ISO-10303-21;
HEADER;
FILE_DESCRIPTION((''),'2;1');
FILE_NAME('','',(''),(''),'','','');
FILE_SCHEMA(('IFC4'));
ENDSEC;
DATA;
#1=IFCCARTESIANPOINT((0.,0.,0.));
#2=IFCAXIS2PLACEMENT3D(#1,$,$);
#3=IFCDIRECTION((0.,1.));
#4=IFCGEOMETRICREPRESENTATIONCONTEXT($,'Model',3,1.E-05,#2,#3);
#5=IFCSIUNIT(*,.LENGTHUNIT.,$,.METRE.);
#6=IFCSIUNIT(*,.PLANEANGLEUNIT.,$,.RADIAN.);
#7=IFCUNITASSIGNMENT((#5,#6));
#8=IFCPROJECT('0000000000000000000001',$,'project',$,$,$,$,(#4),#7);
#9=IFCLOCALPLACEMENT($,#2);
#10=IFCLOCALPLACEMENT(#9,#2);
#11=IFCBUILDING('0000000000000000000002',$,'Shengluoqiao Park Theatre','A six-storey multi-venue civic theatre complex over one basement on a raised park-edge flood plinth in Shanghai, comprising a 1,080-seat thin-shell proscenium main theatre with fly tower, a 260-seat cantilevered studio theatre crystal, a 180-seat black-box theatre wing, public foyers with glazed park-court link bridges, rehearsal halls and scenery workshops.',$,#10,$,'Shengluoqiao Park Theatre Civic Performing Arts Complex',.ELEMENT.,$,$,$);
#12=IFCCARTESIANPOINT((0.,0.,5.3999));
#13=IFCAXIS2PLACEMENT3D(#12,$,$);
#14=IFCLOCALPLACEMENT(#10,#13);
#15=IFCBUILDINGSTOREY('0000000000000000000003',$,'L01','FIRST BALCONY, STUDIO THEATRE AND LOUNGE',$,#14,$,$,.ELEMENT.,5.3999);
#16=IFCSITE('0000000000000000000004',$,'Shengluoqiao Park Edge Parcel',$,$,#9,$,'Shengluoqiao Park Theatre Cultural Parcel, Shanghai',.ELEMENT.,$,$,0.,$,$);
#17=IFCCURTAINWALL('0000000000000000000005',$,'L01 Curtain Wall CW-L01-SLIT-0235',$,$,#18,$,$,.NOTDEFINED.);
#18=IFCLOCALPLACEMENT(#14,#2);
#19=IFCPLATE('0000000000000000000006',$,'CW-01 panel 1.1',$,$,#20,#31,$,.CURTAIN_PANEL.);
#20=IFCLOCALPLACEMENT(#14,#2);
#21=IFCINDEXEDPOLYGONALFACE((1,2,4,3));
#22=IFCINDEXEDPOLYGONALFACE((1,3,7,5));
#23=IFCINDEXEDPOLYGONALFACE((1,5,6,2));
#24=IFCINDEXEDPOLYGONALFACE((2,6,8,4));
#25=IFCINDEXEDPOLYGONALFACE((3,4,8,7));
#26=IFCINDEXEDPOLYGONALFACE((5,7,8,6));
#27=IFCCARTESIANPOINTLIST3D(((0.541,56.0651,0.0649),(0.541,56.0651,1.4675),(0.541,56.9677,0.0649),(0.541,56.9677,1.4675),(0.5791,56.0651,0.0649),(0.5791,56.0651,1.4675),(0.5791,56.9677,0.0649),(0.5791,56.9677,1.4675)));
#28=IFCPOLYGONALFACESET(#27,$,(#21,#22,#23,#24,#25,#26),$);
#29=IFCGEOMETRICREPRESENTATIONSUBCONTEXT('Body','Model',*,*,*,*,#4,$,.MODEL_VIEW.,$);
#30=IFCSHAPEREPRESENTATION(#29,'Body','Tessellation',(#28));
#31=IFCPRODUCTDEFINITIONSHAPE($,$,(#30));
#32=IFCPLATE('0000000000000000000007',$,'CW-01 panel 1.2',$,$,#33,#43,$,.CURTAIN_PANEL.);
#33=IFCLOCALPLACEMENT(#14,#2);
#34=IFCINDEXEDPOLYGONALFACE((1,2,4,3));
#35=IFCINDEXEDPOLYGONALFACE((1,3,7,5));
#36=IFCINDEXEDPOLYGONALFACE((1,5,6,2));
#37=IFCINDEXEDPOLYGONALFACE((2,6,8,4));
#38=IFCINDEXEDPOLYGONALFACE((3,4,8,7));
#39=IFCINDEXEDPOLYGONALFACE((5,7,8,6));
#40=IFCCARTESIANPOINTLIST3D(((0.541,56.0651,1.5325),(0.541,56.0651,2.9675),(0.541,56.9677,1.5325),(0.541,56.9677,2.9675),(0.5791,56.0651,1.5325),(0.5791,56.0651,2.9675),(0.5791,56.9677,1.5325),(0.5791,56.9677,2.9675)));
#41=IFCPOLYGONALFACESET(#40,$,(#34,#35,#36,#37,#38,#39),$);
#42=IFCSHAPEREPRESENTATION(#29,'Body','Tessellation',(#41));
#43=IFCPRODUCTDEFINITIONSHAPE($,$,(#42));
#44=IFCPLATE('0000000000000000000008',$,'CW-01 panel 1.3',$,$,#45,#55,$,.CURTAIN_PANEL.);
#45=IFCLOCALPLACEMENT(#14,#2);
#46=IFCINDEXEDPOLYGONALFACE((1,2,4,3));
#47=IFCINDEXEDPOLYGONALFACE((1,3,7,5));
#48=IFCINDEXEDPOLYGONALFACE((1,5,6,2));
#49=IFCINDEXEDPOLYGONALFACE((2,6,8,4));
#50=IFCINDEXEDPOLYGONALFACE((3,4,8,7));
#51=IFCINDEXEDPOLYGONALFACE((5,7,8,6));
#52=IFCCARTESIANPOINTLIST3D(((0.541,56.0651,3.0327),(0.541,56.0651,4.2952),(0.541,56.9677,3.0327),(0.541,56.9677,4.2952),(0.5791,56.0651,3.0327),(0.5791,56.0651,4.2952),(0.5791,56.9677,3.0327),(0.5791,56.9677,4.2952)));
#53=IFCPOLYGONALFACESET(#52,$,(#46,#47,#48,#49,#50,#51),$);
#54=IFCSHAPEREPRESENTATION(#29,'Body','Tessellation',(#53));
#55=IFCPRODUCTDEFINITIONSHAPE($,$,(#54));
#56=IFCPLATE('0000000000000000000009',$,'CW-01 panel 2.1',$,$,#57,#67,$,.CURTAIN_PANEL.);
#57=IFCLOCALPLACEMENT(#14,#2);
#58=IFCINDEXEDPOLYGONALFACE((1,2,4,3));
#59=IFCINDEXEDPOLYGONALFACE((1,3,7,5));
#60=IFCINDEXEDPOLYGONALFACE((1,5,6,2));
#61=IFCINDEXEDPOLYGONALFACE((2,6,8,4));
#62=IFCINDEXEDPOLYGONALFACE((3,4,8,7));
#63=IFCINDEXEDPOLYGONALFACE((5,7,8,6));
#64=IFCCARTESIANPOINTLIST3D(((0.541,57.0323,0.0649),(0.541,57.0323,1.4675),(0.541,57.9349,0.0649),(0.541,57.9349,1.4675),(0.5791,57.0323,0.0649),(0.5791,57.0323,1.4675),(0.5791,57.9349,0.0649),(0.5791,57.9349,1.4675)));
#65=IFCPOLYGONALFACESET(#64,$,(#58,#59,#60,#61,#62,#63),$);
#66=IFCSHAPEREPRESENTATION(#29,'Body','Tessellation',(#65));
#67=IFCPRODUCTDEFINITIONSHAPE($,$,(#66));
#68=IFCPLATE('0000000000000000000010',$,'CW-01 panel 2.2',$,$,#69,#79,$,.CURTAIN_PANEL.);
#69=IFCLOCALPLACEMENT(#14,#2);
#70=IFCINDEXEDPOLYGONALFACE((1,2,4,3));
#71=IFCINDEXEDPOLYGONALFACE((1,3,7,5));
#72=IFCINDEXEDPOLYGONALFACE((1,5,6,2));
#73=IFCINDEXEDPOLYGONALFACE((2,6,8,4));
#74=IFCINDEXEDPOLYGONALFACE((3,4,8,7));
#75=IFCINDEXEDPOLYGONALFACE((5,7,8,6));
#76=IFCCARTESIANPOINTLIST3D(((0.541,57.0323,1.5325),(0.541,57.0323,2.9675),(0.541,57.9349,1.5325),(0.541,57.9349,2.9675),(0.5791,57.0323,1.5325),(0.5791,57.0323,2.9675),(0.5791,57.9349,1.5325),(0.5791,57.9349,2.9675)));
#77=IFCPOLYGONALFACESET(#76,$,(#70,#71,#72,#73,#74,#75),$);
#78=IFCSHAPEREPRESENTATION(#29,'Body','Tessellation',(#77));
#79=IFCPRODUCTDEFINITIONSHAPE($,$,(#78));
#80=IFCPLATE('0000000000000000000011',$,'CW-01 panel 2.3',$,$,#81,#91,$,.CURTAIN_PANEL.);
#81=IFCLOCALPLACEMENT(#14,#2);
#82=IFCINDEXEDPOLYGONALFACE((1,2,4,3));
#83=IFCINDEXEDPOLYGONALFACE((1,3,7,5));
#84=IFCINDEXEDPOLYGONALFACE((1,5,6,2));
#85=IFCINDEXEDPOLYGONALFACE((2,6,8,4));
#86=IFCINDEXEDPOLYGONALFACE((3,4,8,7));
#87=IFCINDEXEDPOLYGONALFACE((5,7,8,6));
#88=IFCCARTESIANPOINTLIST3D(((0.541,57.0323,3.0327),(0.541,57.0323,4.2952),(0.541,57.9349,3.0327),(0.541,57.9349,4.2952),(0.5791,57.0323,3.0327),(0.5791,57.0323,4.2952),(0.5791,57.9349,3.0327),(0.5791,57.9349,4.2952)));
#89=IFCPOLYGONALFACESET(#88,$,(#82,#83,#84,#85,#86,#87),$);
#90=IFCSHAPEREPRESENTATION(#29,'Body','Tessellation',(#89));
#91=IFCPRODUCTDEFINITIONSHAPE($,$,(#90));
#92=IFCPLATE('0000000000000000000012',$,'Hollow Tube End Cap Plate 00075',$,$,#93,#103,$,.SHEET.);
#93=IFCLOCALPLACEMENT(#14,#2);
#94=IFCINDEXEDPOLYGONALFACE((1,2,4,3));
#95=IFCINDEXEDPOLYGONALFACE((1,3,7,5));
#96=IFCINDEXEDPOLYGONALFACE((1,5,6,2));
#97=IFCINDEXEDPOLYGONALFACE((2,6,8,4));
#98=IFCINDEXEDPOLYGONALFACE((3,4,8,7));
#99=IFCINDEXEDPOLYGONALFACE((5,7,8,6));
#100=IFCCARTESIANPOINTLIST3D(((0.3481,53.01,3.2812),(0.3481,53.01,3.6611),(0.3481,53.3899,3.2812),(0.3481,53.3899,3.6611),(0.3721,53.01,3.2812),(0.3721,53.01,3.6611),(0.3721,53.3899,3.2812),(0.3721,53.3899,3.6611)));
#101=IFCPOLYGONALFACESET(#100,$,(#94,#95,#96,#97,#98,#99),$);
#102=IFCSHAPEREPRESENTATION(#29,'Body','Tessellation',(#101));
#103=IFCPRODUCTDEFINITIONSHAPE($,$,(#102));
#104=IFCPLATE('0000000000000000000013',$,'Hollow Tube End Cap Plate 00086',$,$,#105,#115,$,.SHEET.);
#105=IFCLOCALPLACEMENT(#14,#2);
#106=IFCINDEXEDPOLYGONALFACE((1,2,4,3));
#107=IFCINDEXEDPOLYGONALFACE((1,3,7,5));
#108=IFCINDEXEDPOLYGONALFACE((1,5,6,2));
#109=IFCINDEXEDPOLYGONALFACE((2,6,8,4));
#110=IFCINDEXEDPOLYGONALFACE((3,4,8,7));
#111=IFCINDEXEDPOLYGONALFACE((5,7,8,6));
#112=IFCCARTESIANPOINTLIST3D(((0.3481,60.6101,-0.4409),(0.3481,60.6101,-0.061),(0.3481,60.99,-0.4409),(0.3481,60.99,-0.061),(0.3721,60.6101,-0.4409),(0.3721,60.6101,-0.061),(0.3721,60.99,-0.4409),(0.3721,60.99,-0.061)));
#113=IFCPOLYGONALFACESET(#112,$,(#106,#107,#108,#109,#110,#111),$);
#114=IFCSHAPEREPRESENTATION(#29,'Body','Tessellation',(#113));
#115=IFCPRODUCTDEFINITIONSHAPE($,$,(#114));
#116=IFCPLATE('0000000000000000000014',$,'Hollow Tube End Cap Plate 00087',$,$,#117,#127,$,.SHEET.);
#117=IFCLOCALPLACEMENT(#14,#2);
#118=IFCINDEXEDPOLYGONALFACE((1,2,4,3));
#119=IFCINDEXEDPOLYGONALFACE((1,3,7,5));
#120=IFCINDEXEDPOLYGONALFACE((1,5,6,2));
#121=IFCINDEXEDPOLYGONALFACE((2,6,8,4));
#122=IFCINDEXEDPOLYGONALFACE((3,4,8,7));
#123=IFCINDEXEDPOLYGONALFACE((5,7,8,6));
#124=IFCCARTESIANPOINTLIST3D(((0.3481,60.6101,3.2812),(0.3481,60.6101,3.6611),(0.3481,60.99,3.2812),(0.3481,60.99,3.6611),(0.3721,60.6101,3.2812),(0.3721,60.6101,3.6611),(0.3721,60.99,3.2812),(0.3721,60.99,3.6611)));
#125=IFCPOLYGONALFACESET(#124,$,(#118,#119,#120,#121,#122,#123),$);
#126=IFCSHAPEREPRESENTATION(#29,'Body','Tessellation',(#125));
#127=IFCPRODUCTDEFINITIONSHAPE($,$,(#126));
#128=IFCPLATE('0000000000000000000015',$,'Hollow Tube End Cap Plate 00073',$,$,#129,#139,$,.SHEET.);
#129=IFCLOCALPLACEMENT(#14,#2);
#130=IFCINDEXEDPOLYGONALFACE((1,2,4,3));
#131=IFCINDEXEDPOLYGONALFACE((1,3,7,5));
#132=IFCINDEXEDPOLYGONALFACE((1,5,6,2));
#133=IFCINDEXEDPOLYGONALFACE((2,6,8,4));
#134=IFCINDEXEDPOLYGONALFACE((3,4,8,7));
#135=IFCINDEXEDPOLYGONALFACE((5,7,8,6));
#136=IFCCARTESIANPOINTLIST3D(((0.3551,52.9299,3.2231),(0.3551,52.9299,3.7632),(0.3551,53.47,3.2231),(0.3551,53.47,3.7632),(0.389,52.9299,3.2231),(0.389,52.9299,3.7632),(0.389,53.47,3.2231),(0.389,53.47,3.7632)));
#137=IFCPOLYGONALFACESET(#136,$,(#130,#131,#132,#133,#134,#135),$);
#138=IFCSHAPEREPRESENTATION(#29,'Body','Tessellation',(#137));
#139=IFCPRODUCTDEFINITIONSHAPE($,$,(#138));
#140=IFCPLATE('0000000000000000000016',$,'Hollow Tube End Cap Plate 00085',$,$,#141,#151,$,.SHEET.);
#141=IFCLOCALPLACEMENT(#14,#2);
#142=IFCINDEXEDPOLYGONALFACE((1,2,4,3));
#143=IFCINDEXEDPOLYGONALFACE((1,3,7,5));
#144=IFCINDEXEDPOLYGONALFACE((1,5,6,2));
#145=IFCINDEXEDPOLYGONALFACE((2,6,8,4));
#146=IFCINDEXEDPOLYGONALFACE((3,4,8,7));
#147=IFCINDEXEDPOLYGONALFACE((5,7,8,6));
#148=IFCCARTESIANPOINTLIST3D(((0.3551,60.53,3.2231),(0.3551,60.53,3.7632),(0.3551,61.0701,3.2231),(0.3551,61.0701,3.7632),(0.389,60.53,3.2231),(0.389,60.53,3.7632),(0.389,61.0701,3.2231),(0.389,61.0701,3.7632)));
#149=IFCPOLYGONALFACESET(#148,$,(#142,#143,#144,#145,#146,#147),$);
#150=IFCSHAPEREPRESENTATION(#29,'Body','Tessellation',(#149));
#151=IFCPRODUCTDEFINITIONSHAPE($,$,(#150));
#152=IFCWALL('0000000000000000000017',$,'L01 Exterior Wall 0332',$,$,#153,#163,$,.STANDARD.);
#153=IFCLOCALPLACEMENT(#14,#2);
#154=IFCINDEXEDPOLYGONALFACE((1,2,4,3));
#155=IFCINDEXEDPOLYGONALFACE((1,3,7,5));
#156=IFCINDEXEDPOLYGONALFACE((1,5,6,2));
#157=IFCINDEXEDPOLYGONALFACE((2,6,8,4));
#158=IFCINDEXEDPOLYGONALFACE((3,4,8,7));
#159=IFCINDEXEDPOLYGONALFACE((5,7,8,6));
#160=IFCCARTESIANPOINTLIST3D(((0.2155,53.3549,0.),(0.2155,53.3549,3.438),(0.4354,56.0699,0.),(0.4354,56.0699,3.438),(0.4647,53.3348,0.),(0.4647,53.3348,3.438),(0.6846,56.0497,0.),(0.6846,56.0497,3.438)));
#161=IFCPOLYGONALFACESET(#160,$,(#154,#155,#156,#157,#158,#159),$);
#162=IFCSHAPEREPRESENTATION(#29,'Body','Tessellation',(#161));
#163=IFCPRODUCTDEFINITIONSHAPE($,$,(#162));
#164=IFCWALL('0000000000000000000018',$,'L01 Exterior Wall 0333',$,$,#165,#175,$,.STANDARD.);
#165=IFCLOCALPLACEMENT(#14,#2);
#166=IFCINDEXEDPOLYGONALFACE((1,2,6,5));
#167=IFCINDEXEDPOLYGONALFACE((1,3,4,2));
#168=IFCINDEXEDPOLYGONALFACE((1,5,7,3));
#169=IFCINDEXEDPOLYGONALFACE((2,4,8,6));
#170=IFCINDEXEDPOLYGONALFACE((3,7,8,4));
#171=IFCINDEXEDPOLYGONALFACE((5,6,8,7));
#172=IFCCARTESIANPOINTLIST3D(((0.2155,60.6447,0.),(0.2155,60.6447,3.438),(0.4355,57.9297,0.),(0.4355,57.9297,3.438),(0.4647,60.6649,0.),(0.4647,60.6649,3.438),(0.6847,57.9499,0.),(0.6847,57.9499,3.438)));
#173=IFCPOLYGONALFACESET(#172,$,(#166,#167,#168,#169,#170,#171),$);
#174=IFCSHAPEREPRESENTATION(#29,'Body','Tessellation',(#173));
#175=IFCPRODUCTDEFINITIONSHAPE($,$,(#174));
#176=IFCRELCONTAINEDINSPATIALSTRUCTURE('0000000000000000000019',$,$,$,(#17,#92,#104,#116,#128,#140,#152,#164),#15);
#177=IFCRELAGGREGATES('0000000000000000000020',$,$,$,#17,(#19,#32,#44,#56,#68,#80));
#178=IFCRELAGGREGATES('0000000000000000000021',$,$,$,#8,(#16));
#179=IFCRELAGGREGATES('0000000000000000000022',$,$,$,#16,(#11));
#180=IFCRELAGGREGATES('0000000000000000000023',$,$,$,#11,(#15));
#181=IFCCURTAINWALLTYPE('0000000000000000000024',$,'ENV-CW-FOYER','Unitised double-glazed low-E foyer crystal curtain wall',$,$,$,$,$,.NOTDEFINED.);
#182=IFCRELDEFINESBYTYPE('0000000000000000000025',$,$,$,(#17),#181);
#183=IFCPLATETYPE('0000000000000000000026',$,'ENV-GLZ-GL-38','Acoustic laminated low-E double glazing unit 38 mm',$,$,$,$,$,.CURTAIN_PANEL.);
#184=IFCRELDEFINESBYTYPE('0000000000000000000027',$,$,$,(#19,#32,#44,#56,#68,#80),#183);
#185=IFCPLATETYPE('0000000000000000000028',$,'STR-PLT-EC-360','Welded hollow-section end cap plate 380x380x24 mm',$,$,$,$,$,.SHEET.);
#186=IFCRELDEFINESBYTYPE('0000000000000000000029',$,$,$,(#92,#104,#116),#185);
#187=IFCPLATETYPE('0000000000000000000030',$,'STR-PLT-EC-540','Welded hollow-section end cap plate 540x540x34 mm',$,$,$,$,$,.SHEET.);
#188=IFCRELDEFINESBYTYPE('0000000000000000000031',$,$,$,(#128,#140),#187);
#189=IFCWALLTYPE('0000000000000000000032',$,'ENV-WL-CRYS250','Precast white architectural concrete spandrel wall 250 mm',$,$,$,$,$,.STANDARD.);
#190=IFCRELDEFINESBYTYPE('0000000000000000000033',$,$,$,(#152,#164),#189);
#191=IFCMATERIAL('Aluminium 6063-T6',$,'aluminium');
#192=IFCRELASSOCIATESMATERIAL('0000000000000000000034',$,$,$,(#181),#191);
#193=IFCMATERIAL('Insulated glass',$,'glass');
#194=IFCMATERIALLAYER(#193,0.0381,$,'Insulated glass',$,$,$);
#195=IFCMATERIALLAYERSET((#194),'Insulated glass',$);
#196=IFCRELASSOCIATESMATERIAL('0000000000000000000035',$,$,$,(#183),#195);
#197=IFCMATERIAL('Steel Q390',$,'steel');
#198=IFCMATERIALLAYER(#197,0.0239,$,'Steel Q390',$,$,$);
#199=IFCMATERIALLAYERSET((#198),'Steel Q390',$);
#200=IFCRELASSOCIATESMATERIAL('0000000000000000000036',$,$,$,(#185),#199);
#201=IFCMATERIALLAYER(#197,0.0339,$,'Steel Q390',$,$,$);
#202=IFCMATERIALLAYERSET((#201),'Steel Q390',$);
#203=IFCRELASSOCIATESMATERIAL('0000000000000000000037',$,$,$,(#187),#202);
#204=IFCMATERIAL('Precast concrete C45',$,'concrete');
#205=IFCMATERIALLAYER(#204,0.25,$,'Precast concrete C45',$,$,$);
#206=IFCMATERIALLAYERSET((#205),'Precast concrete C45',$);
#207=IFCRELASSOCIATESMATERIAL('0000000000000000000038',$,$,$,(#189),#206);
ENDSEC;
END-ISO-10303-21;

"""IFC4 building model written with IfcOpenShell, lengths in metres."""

from ifc_helpers import new_model, si_unit, direction, frame, frame_2d, origin, origin_2d, place, context, subcontext, project, spatial, rectangle, extrude, material, layer, layer_set, type_object, element, aggregate, save


model = new_model("IFC4")

# Units and contexts
model_context = context("Model", 3, precision=1e-05, world=origin(), true_north=direction((0.0, 1.0)))
body_context = subcontext(model_context, "Body", "Model", "MODEL_VIEW")
ifc_project = project(units=[si_unit("LENGTHUNIT", "METRE"), si_unit("PLANEANGLEUNIT", "RADIAN")], contexts=[model_context])

# Site, building, storey
site_placement = place(None, origin())
site = spatial("IfcSite", under=ifc_project, at=site_placement, Name="Shengluoqiao Park Edge Parcel", LongName="Shengluoqiao Park Theatre Cultural Parcel, Shanghai", CompositionType="ELEMENT", RefElevation=0.0)
building_placement = place(site_placement, origin())
building = spatial("IfcBuilding", under=site, at=building_placement, Name="Shengluoqiao Park Theatre", Description="A six-storey multi-venue civic theatre complex over one basement on a raised park-edge flood plinth in Shanghai, comprising a 1,080-seat thin-shell proscenium main theatre with fly tower, a 260-seat cantilevered studio theatre crystal, a 180-seat black-box theatre wing, public foyers with glazed park-court link bridges, rehearsal halls and scenery workshops.", LongName="Shengluoqiao Park Theatre Civic Performing Arts Complex", CompositionType="ELEMENT")
storey_placement = place(building_placement, frame((0.0, 0.0, 5.3999)))
storey = spatial("IfcBuildingStorey", under=building, at=storey_placement, Name="L01", Description="FIRST BALCONY, STUDIO THEATRE AND LOUNGE", CompositionType="ELEMENT", Elevation=5.3999)

# Curtain wall
ifc_material_1 = material(Name="Aluminium 6063-T6", Category="aluminium")
curtain_wall_type = type_object("IfcCurtainWallType", Name="ENV-CW-FOYER", Description="Unitised double-glazed low-E foyer crystal curtain wall", PredefinedType="NOTDEFINED", material=ifc_material_1)
curtain_wall_placement = place(storey_placement, origin())
curtain_wall = element("IfcCurtainWall", 1, at=curtain_wall_placement, inside=storey, type_object=curtain_wall_type, Name="L01 Curtain Wall CW-L01-SLIT-0235", PredefinedType="NOTDEFINED")

# Shared definitions
ifc_material_2 = material(Name="Steel Q390", Category="steel")

# Shared definitions
ifc_material_3 = material(Name="Precast concrete C45", Category="concrete")

# Plates
ifc_material_4 = material(Name="Insulated glass", Category="glass")
ifc_layer_1 = layer(ifc_material_4, 0.0381, Name="Insulated glass")
ifc_layer_set_1 = layer_set([ifc_layer_1], Name="Insulated glass")
plate_type_1 = type_object("IfcPlateType", Name="ENV-GLZ-GL-38", Description="Acoustic laminated low-E double glazing unit 38 mm", PredefinedType="CURTAIN_PANEL", material=ifc_layer_set_1)
plate_1_placement = place(storey_placement, frame((0.5601, 56.5164, 0.0649), z_axis=(0.0, 0.0, 1.0), x_axis=(0.0, 1.0, 0.0)))
plate_1 = element("IfcPlate", 2, at=plate_1_placement, type_object=plate_type_1, Name="CW-01 panel 1.1", PredefinedType="CURTAIN_PANEL", context=body_context, shape_type="SweptSolid", body=[
    extrude(rectangle(XDim=0.9026, YDim=0.0381, at=origin_2d()), origin(), (0.0, 0.0, 1.0), 1.4026),
])
plate_2_placement = place(storey_placement, frame((0.5601, 56.5164, 1.5325), z_axis=(0.0, 0.0, 1.0), x_axis=(0.0, 1.0, 0.0)))
plate_2 = element("IfcPlate", 3, at=plate_2_placement, type_object=plate_type_1, Name="CW-01 panel 1.2", PredefinedType="CURTAIN_PANEL", context=body_context, shape_type="SweptSolid", body=[
    extrude(rectangle(XDim=0.9026, YDim=0.0381, at=origin_2d()), origin(), (0.0, 0.0, 1.0), 1.4351),
])
plate_3_placement = place(storey_placement, frame((0.5601, 56.5164, 3.0327), z_axis=(0.0, 0.0, 1.0), x_axis=(0.0, 1.0, 0.0)))
plate_3 = element("IfcPlate", 4, at=plate_3_placement, type_object=plate_type_1, Name="CW-01 panel 1.3", PredefinedType="CURTAIN_PANEL", context=body_context, shape_type="SweptSolid", body=[
    extrude(rectangle(XDim=0.9026, YDim=0.0381, at=origin_2d()), origin(), (0.0, 0.0, 1.0), 1.2625),
])
plate_4_placement = place(storey_placement, frame((0.5601, 57.4836, 0.0649), z_axis=(0.0, 0.0, 1.0), x_axis=(0.0, 1.0, 0.0)))
plate_4 = element("IfcPlate", 5, at=plate_4_placement, type_object=plate_type_1, Name="CW-01 panel 2.1", PredefinedType="CURTAIN_PANEL", context=body_context, shape_type="SweptSolid", body=[
    extrude(rectangle(XDim=0.9026, YDim=0.0381, at=origin_2d()), origin(), (0.0, 0.0, 1.0), 1.4026),
])
plate_5_placement = place(storey_placement, frame((0.5601, 57.4836, 1.5325), z_axis=(0.0, 0.0, 1.0), x_axis=(0.0, 1.0, 0.0)))
plate_5 = element("IfcPlate", 6, at=plate_5_placement, type_object=plate_type_1, Name="CW-01 panel 2.2", PredefinedType="CURTAIN_PANEL", context=body_context, shape_type="SweptSolid", body=[
    extrude(rectangle(XDim=0.9026, YDim=0.0381, at=origin_2d()), origin(), (0.0, 0.0, 1.0), 1.4351),
])
plate_6_placement = place(storey_placement, frame((0.5601, 57.4836, 3.0327), z_axis=(0.0, 0.0, 1.0), x_axis=(0.0, 1.0, 0.0)))
plate_6 = element("IfcPlate", 7, at=plate_6_placement, type_object=plate_type_1, Name="CW-01 panel 2.3", PredefinedType="CURTAIN_PANEL", context=body_context, shape_type="SweptSolid", body=[
    extrude(rectangle(XDim=0.9026, YDim=0.0381, at=origin_2d()), origin(), (0.0, 0.0, 1.0), 1.2625),
])
aggregate(curtain_wall, [plate_1, plate_2, plate_3, plate_4, plate_5, plate_6])

# Plates
ifc_layer_2 = layer(ifc_material_2, 0.0239, Name="Steel Q390")
ifc_layer_set_2 = layer_set([ifc_layer_2], Name="Steel Q390")
plate_type_2 = type_object("IfcPlateType", Name="STR-PLT-EC-360", Description="Welded hollow-section end cap plate 380x380x24 mm", PredefinedType="SHEET", material=ifc_layer_set_2)
for number, where, z_axis, x_axis, name in (
    (8, (0.3601, 53.2, 3.2812), (0.0, 0.0, 1.0), (1.0, 0.0, 0.0), "Hollow Tube End Cap Plate 00075"),
    (9, (0.3601, 60.8, -0.4409), (0.0, 0.0, 1.0), (1.0, 0.0, 0.0), "Hollow Tube End Cap Plate 00086"),
    (10, (0.3601, 60.8, 3.2812), (0.0, 0.0, 1.0), (1.0, 0.0, 0.0), "Hollow Tube End Cap Plate 00087"),
):
    element("IfcPlate", number, at=place(storey_placement, frame(where, z_axis=z_axis, x_axis=x_axis)), inside=storey, type_object=plate_type_2, Name=name, PredefinedType="SHEET", context=body_context, shape_type="SweptSolid", body=[
        extrude(rectangle(XDim=0.0239, YDim=0.3799, at=origin_2d()), origin(), (0.0, 0.0, 1.0), 0.3799),
    ])
ifc_layer_3 = layer(ifc_material_2, 0.0339, Name="Steel Q390")
ifc_layer_set_3 = layer_set([ifc_layer_3], Name="Steel Q390")
plate_type_3 = type_object("IfcPlateType", Name="STR-PLT-EC-540", Description="Welded hollow-section end cap plate 540x540x34 mm", PredefinedType="SHEET", material=ifc_layer_set_3)
for number, where, z_axis, x_axis, name in (
    (11, (0.3721, 53.2, 3.2231), (0.0, 0.0, 1.0), (-1.0, 0.0, 0.0), "Hollow Tube End Cap Plate 00073"),
    (12, (0.3721, 60.8, 3.2231), (0.0, 0.0, 1.0), (-1.0, 0.0, 0.0), "Hollow Tube End Cap Plate 00085"),
):
    element("IfcPlate", number, at=place(storey_placement, frame(where, z_axis=z_axis, x_axis=x_axis)), inside=storey, type_object=plate_type_3, Name=name, PredefinedType="SHEET", context=body_context, shape_type="SweptSolid", body=[
        extrude(rectangle(XDim=0.0339, YDim=0.54, at=origin_2d()), origin(), (0.0, 0.0, 1.0), 0.54),
    ])

# Walls
ifc_layer_4 = layer(ifc_material_3, 0.25, Name="Precast concrete C45")
ifc_layer_set_4 = layer_set([ifc_layer_4], Name="Precast concrete C45")
wall_type = type_object("IfcWallType", Name="ENV-WL-CRYS250", Description="Precast white architectural concrete spandrel wall 250 mm", PredefinedType="STANDARD", material=ifc_layer_set_4)
for number, where, z_axis, x_axis, name in (
    (13, (0.3401, 53.345, 0.0), (0.0, 0.0, 1.0), (0.080753, 0.996734, 0.0), "L01 Exterior Wall 0332"),
    (14, (0.5601, 57.9399, 0.0), (0.0, 0.0, 1.0), (-0.080753, 0.996734, 0.0), "L01 Exterior Wall 0333"),
):
    element("IfcWall", number, at=place(storey_placement, frame(where, z_axis=z_axis, x_axis=x_axis)), inside=storey, type_object=wall_type, Name=name, PredefinedType="STANDARD", context=body_context, shape_type="SweptSolid", body=[
        extrude(rectangle(XDim=2.7239, YDim=0.25, at=frame_2d((1.3618, 0.0))), origin(), (0.0, 0.0, 1.0), 3.438),
    ])

save(model, "model.ifc")
